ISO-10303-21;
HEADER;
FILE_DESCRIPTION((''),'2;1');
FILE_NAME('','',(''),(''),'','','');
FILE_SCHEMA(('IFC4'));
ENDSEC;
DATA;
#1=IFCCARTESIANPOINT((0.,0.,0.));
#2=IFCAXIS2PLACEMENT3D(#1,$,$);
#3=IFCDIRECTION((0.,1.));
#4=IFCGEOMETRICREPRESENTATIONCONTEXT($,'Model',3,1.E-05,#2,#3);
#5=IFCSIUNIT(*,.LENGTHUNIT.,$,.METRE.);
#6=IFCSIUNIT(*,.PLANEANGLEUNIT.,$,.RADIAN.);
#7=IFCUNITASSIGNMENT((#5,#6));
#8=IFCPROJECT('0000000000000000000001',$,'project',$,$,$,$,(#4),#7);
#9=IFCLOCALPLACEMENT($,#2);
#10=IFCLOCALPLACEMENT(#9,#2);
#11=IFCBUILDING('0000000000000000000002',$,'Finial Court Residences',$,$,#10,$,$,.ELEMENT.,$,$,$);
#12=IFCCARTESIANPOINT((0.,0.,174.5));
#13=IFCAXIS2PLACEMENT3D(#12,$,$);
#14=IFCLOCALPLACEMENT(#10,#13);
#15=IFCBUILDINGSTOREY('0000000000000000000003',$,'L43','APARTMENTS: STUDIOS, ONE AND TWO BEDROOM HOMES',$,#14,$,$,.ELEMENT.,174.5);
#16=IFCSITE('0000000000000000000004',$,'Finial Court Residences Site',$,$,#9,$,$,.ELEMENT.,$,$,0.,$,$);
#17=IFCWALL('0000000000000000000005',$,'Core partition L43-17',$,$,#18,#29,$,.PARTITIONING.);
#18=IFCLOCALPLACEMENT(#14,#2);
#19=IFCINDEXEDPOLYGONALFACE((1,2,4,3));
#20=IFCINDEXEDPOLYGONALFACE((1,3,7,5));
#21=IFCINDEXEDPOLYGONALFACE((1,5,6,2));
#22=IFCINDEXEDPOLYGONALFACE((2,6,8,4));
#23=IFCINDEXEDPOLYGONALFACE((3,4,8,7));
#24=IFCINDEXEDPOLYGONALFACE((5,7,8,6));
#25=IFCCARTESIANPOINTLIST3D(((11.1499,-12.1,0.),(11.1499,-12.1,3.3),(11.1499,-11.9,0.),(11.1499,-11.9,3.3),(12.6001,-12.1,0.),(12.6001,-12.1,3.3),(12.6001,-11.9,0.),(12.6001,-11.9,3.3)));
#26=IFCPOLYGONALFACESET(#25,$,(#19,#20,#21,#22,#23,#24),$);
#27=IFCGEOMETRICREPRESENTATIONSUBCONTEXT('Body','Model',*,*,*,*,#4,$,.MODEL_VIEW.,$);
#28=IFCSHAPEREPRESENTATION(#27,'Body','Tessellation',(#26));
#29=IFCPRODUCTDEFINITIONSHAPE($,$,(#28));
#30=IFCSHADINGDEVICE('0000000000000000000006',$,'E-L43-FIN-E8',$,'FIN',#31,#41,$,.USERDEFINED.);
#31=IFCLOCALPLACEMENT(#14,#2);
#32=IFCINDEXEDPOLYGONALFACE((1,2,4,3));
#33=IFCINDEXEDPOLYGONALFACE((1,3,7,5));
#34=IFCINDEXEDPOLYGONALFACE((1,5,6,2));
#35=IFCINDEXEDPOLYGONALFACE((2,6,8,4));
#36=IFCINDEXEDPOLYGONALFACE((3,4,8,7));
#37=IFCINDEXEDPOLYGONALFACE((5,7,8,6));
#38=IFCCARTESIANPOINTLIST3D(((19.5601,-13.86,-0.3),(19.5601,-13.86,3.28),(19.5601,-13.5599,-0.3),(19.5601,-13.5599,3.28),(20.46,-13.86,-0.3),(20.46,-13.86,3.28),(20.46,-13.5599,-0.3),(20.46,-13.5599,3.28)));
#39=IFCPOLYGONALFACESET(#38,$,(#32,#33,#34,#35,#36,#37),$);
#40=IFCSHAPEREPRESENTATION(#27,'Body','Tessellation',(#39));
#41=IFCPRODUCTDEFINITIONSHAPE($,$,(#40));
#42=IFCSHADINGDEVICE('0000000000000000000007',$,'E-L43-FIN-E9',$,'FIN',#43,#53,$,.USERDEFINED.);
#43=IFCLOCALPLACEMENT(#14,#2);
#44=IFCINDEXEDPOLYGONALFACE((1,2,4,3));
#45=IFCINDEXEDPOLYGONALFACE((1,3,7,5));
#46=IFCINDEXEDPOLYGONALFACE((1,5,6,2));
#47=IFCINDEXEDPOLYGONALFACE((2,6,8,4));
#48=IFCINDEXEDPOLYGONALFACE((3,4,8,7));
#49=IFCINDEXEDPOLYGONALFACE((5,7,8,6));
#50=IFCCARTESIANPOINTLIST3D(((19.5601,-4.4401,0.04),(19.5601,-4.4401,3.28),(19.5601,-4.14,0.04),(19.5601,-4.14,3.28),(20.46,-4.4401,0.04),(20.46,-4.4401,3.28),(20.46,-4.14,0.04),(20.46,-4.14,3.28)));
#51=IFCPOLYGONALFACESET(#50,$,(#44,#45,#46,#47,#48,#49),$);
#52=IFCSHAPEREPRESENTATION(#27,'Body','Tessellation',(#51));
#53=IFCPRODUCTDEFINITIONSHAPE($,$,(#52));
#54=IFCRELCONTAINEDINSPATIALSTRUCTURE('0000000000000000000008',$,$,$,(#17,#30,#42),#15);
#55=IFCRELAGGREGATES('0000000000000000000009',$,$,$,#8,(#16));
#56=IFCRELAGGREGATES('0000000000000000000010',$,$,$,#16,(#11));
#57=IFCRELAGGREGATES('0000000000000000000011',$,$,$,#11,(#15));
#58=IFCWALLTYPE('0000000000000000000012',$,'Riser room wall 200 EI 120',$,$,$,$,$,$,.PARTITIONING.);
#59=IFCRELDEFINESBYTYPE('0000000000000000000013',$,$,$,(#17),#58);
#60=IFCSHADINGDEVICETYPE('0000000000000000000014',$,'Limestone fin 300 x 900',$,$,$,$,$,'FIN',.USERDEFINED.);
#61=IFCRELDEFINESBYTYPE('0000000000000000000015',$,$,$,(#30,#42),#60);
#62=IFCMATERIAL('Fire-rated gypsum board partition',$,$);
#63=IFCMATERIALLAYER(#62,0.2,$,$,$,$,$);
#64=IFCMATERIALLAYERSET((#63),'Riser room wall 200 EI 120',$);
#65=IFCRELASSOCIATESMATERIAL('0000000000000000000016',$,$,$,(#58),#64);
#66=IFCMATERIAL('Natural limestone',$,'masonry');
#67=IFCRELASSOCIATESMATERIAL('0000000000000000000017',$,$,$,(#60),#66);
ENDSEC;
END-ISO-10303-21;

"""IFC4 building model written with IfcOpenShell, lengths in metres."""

from ifc_helpers import new_model, si_unit, direction, frame, frame_2d, origin, origin_2d, place, context, subcontext, project, spatial, rectangle, extrude, material, layer, layer_set, type_object, element, save


model = new_model("IFC4")

# Units and contexts
model_context = context("Model", 3, precision=1e-05, world=origin(), true_north=direction((0.0, 1.0)))
body_context = subcontext(model_context, "Body", "Model", "MODEL_VIEW")
ifc_project = project(units=[si_unit("LENGTHUNIT", "METRE"), si_unit("PLANEANGLEUNIT", "RADIAN")], contexts=[model_context])

# Site, building, storey
site_placement = place(None, origin())
site = spatial("IfcSite", under=ifc_project, at=site_placement, Name="Finial Court Residences Site", CompositionType="ELEMENT", RefElevation=0.0)
building_placement = place(site_placement, origin())
building = spatial("IfcBuilding", under=site, at=building_placement, Name="Finial Court Residences", CompositionType="ELEMENT")
storey_placement = place(building_placement, frame((0.0, 0.0, 174.5)))
storey = spatial("IfcBuildingStorey", under=building, at=storey_placement, Name="L43", Description="APARTMENTS: STUDIOS, ONE AND TWO BEDROOM HOMES", CompositionType="ELEMENT", Elevation=174.5)

# Wall
ifc_material_1 = material(Name="Fire-rated gypsum board partition")
ifc_layer_1 = layer(ifc_material_1, 0.2)
ifc_layer_set_1 = layer_set([ifc_layer_1], Name="Riser room wall 200 EI 120")
wall_type_1 = type_object("IfcWallType", Name="Riser room wall 200 EI 120", PredefinedType="PARTITIONING", material=ifc_layer_set_1)
wall_1_placement = place(storey_placement, frame((11.1499, -12.0, 0.0), z_axis=(0.0, 0.0, 1.0), x_axis=(1.0, 0.0, 0.0)))
element("IfcWall", 1, at=wall_1_placement, inside=storey, type_object=wall_type_1, Name="Core partition L43-17", PredefinedType="PARTITIONING", context=body_context, shape_type="SweptSolid", body=[
    extrude(rectangle(XDim=1.4502, YDim=0.2, at=frame_2d((0.7251, 0.0))), origin(), (0.0, 0.0, 1.0), 3.3),
])

# Shading devices
ifc_material_2 = material(Name="Natural limestone", Category="masonry")
shading_device_type = type_object("IfcShadingDeviceType", Name="Limestone fin 300 x 900", ElementType="FIN", PredefinedType="USERDEFINED", material=ifc_material_2)
shading_device_1_placement = place(storey_placement, frame((20.01, -13.71, -0.3), z_axis=(0.0, 0.0, 1.0), x_axis=(1.0, 0.0, 0.0)))
element("IfcShadingDevice", 2, at=shading_device_1_placement, inside=storey, type_object=shading_device_type, Name="E-L43-FIN-E8", ObjectType="FIN", PredefinedType="USERDEFINED", context=body_context, shape_type="SweptSolid", body=[
    extrude(rectangle(XDim=0.8999, YDim=0.3, at=origin_2d()), origin(), (0.0, 0.0, 1.0), 3.5801),
])
shading_device_2_placement = place(storey_placement, frame((20.01, -4.29, 0.04), z_axis=(0.0, 0.0, 1.0), x_axis=(1.0, 0.0, 0.0)))
element("IfcShadingDevice", 3, at=shading_device_2_placement, inside=storey, type_object=shading_device_type, Name="E-L43-FIN-E9", ObjectType="FIN", PredefinedType="USERDEFINED", context=body_context, shape_type="SweptSolid", body=[
    extrude(rectangle(XDim=0.8999, YDim=0.3, at=origin_2d()), origin(), (0.0, 0.0, 1.0), 3.24),
])

save(model, "model.ifc")
